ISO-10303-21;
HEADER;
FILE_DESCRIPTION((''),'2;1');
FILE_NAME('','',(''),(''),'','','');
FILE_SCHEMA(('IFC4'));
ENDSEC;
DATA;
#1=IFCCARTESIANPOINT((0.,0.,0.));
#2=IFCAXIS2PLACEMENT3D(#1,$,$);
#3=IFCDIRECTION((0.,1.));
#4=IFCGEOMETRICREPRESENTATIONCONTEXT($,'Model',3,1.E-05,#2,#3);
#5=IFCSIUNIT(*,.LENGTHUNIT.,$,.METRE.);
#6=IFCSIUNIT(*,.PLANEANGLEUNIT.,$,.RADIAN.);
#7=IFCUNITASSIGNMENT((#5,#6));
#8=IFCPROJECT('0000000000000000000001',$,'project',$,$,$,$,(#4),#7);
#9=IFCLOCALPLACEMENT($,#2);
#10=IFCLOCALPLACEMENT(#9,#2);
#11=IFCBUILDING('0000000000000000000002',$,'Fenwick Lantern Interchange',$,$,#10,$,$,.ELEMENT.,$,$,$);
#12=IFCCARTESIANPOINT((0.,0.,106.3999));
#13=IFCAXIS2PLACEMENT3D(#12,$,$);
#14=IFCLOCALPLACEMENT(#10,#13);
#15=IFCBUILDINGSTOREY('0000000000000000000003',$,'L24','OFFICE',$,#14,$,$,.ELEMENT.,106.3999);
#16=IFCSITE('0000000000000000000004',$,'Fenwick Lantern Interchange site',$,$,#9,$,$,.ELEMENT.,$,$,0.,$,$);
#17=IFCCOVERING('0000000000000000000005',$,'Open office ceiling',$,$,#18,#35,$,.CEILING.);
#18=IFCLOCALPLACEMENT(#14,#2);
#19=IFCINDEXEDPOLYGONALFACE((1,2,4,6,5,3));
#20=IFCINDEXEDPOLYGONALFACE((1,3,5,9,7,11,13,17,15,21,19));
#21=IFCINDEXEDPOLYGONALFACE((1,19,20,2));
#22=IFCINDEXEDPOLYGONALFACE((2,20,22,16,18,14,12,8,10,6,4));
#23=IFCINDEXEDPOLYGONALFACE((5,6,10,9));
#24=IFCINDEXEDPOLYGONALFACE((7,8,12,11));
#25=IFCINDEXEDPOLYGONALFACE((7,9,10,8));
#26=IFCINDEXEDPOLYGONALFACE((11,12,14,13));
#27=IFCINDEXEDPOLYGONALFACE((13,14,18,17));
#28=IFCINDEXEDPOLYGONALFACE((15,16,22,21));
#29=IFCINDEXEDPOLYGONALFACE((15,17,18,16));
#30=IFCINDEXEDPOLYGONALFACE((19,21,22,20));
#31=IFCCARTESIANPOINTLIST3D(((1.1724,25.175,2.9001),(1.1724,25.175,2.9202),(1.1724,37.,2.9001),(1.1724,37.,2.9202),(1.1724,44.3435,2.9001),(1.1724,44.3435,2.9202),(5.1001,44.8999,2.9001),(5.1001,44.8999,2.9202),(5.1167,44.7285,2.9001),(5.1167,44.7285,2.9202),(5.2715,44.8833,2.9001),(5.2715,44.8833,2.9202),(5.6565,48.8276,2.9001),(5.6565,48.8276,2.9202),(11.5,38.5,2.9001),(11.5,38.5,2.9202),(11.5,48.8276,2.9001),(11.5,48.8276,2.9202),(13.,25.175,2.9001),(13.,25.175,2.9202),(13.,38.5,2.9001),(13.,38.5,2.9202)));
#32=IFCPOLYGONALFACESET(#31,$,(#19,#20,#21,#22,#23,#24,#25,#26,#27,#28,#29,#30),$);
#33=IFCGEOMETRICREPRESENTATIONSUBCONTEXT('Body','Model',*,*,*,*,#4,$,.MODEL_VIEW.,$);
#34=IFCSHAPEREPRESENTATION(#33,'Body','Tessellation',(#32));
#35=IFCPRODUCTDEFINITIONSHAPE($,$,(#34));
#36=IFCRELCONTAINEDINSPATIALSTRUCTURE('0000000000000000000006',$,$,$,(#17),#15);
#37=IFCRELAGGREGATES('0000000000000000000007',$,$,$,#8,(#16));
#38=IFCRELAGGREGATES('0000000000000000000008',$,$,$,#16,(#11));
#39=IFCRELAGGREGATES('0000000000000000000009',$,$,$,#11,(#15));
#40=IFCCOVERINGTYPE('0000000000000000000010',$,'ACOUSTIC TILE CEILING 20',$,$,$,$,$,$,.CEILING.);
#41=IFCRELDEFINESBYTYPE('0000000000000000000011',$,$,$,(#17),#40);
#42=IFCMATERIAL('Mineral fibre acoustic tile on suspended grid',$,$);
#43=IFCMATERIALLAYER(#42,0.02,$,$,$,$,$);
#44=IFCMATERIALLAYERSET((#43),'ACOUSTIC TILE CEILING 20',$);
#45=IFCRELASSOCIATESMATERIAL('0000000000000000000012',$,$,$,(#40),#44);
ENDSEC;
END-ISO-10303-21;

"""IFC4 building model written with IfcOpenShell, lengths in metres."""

from ifc_helpers import new_model, si_unit, direction, frame, origin, place, context, subcontext, project, spatial, polyline, outline, extrude, material, layer, layer_set, type_object, element, save


model = new_model("IFC4")

# Units and contexts
model_context = context("Model", 3, precision=1e-05, world=origin(), true_north=direction((0.0, 1.0)))
body_context = subcontext(model_context, "Body", "Model", "MODEL_VIEW")
ifc_project = project(units=[si_unit("LENGTHUNIT", "METRE"), si_unit("PLANEANGLEUNIT", "RADIAN")], contexts=[model_context])

# Site, building, storey
site_placement = place(None, origin())
site = spatial("IfcSite", under=ifc_project, at=site_placement, Name="Fenwick Lantern Interchange site", CompositionType="ELEMENT", RefElevation=0.0)
building_placement = place(site_placement, origin())
building = spatial("IfcBuilding", under=site, at=building_placement, Name="Fenwick Lantern Interchange", CompositionType="ELEMENT")
storey_placement = place(building_placement, frame((0.0, 0.0, 106.3999)))
storey = spatial("IfcBuildingStorey", under=building, at=storey_placement, Name="L24", Description="OFFICE", CompositionType="ELEMENT", Elevation=106.3999)

# Covering
ifc_material = material(Name="Mineral fibre acoustic tile on suspended grid")
ifc_layer = layer(ifc_material, 0.02)
ifc_layer_set = layer_set([ifc_layer], Name="ACOUSTIC TILE CEILING 20")
covering_type = type_object("IfcCoveringType", Name="ACOUSTIC TILE CEILING 20", PredefinedType="CEILING", material=ifc_layer_set)
covering_1_placement = place(storey_placement, frame((0.0, 0.0, 2.9001)))
element("IfcCovering", 1, at=covering_1_placement, inside=storey, type_object=covering_type, Name="Open office ceiling", PredefinedType="CEILING", context=body_context, shape_type="SweptSolid", body=[
    extrude(outline(polyline([(11.5, 38.5), (11.5, 48.8276), (5.6565, 48.8276), (5.2715, 44.8833), (5.1001, 44.8999), (5.1167, 44.7285), (1.1724, 44.3435), (1.1724, 37.0), (1.1724, 25.175), (13.0, 25.175), (13.0, 38.5), (11.5, 38.5)])), origin(), (0.0, 0.0, 1.0), 0.02),
])

save(model, "model.ifc")
